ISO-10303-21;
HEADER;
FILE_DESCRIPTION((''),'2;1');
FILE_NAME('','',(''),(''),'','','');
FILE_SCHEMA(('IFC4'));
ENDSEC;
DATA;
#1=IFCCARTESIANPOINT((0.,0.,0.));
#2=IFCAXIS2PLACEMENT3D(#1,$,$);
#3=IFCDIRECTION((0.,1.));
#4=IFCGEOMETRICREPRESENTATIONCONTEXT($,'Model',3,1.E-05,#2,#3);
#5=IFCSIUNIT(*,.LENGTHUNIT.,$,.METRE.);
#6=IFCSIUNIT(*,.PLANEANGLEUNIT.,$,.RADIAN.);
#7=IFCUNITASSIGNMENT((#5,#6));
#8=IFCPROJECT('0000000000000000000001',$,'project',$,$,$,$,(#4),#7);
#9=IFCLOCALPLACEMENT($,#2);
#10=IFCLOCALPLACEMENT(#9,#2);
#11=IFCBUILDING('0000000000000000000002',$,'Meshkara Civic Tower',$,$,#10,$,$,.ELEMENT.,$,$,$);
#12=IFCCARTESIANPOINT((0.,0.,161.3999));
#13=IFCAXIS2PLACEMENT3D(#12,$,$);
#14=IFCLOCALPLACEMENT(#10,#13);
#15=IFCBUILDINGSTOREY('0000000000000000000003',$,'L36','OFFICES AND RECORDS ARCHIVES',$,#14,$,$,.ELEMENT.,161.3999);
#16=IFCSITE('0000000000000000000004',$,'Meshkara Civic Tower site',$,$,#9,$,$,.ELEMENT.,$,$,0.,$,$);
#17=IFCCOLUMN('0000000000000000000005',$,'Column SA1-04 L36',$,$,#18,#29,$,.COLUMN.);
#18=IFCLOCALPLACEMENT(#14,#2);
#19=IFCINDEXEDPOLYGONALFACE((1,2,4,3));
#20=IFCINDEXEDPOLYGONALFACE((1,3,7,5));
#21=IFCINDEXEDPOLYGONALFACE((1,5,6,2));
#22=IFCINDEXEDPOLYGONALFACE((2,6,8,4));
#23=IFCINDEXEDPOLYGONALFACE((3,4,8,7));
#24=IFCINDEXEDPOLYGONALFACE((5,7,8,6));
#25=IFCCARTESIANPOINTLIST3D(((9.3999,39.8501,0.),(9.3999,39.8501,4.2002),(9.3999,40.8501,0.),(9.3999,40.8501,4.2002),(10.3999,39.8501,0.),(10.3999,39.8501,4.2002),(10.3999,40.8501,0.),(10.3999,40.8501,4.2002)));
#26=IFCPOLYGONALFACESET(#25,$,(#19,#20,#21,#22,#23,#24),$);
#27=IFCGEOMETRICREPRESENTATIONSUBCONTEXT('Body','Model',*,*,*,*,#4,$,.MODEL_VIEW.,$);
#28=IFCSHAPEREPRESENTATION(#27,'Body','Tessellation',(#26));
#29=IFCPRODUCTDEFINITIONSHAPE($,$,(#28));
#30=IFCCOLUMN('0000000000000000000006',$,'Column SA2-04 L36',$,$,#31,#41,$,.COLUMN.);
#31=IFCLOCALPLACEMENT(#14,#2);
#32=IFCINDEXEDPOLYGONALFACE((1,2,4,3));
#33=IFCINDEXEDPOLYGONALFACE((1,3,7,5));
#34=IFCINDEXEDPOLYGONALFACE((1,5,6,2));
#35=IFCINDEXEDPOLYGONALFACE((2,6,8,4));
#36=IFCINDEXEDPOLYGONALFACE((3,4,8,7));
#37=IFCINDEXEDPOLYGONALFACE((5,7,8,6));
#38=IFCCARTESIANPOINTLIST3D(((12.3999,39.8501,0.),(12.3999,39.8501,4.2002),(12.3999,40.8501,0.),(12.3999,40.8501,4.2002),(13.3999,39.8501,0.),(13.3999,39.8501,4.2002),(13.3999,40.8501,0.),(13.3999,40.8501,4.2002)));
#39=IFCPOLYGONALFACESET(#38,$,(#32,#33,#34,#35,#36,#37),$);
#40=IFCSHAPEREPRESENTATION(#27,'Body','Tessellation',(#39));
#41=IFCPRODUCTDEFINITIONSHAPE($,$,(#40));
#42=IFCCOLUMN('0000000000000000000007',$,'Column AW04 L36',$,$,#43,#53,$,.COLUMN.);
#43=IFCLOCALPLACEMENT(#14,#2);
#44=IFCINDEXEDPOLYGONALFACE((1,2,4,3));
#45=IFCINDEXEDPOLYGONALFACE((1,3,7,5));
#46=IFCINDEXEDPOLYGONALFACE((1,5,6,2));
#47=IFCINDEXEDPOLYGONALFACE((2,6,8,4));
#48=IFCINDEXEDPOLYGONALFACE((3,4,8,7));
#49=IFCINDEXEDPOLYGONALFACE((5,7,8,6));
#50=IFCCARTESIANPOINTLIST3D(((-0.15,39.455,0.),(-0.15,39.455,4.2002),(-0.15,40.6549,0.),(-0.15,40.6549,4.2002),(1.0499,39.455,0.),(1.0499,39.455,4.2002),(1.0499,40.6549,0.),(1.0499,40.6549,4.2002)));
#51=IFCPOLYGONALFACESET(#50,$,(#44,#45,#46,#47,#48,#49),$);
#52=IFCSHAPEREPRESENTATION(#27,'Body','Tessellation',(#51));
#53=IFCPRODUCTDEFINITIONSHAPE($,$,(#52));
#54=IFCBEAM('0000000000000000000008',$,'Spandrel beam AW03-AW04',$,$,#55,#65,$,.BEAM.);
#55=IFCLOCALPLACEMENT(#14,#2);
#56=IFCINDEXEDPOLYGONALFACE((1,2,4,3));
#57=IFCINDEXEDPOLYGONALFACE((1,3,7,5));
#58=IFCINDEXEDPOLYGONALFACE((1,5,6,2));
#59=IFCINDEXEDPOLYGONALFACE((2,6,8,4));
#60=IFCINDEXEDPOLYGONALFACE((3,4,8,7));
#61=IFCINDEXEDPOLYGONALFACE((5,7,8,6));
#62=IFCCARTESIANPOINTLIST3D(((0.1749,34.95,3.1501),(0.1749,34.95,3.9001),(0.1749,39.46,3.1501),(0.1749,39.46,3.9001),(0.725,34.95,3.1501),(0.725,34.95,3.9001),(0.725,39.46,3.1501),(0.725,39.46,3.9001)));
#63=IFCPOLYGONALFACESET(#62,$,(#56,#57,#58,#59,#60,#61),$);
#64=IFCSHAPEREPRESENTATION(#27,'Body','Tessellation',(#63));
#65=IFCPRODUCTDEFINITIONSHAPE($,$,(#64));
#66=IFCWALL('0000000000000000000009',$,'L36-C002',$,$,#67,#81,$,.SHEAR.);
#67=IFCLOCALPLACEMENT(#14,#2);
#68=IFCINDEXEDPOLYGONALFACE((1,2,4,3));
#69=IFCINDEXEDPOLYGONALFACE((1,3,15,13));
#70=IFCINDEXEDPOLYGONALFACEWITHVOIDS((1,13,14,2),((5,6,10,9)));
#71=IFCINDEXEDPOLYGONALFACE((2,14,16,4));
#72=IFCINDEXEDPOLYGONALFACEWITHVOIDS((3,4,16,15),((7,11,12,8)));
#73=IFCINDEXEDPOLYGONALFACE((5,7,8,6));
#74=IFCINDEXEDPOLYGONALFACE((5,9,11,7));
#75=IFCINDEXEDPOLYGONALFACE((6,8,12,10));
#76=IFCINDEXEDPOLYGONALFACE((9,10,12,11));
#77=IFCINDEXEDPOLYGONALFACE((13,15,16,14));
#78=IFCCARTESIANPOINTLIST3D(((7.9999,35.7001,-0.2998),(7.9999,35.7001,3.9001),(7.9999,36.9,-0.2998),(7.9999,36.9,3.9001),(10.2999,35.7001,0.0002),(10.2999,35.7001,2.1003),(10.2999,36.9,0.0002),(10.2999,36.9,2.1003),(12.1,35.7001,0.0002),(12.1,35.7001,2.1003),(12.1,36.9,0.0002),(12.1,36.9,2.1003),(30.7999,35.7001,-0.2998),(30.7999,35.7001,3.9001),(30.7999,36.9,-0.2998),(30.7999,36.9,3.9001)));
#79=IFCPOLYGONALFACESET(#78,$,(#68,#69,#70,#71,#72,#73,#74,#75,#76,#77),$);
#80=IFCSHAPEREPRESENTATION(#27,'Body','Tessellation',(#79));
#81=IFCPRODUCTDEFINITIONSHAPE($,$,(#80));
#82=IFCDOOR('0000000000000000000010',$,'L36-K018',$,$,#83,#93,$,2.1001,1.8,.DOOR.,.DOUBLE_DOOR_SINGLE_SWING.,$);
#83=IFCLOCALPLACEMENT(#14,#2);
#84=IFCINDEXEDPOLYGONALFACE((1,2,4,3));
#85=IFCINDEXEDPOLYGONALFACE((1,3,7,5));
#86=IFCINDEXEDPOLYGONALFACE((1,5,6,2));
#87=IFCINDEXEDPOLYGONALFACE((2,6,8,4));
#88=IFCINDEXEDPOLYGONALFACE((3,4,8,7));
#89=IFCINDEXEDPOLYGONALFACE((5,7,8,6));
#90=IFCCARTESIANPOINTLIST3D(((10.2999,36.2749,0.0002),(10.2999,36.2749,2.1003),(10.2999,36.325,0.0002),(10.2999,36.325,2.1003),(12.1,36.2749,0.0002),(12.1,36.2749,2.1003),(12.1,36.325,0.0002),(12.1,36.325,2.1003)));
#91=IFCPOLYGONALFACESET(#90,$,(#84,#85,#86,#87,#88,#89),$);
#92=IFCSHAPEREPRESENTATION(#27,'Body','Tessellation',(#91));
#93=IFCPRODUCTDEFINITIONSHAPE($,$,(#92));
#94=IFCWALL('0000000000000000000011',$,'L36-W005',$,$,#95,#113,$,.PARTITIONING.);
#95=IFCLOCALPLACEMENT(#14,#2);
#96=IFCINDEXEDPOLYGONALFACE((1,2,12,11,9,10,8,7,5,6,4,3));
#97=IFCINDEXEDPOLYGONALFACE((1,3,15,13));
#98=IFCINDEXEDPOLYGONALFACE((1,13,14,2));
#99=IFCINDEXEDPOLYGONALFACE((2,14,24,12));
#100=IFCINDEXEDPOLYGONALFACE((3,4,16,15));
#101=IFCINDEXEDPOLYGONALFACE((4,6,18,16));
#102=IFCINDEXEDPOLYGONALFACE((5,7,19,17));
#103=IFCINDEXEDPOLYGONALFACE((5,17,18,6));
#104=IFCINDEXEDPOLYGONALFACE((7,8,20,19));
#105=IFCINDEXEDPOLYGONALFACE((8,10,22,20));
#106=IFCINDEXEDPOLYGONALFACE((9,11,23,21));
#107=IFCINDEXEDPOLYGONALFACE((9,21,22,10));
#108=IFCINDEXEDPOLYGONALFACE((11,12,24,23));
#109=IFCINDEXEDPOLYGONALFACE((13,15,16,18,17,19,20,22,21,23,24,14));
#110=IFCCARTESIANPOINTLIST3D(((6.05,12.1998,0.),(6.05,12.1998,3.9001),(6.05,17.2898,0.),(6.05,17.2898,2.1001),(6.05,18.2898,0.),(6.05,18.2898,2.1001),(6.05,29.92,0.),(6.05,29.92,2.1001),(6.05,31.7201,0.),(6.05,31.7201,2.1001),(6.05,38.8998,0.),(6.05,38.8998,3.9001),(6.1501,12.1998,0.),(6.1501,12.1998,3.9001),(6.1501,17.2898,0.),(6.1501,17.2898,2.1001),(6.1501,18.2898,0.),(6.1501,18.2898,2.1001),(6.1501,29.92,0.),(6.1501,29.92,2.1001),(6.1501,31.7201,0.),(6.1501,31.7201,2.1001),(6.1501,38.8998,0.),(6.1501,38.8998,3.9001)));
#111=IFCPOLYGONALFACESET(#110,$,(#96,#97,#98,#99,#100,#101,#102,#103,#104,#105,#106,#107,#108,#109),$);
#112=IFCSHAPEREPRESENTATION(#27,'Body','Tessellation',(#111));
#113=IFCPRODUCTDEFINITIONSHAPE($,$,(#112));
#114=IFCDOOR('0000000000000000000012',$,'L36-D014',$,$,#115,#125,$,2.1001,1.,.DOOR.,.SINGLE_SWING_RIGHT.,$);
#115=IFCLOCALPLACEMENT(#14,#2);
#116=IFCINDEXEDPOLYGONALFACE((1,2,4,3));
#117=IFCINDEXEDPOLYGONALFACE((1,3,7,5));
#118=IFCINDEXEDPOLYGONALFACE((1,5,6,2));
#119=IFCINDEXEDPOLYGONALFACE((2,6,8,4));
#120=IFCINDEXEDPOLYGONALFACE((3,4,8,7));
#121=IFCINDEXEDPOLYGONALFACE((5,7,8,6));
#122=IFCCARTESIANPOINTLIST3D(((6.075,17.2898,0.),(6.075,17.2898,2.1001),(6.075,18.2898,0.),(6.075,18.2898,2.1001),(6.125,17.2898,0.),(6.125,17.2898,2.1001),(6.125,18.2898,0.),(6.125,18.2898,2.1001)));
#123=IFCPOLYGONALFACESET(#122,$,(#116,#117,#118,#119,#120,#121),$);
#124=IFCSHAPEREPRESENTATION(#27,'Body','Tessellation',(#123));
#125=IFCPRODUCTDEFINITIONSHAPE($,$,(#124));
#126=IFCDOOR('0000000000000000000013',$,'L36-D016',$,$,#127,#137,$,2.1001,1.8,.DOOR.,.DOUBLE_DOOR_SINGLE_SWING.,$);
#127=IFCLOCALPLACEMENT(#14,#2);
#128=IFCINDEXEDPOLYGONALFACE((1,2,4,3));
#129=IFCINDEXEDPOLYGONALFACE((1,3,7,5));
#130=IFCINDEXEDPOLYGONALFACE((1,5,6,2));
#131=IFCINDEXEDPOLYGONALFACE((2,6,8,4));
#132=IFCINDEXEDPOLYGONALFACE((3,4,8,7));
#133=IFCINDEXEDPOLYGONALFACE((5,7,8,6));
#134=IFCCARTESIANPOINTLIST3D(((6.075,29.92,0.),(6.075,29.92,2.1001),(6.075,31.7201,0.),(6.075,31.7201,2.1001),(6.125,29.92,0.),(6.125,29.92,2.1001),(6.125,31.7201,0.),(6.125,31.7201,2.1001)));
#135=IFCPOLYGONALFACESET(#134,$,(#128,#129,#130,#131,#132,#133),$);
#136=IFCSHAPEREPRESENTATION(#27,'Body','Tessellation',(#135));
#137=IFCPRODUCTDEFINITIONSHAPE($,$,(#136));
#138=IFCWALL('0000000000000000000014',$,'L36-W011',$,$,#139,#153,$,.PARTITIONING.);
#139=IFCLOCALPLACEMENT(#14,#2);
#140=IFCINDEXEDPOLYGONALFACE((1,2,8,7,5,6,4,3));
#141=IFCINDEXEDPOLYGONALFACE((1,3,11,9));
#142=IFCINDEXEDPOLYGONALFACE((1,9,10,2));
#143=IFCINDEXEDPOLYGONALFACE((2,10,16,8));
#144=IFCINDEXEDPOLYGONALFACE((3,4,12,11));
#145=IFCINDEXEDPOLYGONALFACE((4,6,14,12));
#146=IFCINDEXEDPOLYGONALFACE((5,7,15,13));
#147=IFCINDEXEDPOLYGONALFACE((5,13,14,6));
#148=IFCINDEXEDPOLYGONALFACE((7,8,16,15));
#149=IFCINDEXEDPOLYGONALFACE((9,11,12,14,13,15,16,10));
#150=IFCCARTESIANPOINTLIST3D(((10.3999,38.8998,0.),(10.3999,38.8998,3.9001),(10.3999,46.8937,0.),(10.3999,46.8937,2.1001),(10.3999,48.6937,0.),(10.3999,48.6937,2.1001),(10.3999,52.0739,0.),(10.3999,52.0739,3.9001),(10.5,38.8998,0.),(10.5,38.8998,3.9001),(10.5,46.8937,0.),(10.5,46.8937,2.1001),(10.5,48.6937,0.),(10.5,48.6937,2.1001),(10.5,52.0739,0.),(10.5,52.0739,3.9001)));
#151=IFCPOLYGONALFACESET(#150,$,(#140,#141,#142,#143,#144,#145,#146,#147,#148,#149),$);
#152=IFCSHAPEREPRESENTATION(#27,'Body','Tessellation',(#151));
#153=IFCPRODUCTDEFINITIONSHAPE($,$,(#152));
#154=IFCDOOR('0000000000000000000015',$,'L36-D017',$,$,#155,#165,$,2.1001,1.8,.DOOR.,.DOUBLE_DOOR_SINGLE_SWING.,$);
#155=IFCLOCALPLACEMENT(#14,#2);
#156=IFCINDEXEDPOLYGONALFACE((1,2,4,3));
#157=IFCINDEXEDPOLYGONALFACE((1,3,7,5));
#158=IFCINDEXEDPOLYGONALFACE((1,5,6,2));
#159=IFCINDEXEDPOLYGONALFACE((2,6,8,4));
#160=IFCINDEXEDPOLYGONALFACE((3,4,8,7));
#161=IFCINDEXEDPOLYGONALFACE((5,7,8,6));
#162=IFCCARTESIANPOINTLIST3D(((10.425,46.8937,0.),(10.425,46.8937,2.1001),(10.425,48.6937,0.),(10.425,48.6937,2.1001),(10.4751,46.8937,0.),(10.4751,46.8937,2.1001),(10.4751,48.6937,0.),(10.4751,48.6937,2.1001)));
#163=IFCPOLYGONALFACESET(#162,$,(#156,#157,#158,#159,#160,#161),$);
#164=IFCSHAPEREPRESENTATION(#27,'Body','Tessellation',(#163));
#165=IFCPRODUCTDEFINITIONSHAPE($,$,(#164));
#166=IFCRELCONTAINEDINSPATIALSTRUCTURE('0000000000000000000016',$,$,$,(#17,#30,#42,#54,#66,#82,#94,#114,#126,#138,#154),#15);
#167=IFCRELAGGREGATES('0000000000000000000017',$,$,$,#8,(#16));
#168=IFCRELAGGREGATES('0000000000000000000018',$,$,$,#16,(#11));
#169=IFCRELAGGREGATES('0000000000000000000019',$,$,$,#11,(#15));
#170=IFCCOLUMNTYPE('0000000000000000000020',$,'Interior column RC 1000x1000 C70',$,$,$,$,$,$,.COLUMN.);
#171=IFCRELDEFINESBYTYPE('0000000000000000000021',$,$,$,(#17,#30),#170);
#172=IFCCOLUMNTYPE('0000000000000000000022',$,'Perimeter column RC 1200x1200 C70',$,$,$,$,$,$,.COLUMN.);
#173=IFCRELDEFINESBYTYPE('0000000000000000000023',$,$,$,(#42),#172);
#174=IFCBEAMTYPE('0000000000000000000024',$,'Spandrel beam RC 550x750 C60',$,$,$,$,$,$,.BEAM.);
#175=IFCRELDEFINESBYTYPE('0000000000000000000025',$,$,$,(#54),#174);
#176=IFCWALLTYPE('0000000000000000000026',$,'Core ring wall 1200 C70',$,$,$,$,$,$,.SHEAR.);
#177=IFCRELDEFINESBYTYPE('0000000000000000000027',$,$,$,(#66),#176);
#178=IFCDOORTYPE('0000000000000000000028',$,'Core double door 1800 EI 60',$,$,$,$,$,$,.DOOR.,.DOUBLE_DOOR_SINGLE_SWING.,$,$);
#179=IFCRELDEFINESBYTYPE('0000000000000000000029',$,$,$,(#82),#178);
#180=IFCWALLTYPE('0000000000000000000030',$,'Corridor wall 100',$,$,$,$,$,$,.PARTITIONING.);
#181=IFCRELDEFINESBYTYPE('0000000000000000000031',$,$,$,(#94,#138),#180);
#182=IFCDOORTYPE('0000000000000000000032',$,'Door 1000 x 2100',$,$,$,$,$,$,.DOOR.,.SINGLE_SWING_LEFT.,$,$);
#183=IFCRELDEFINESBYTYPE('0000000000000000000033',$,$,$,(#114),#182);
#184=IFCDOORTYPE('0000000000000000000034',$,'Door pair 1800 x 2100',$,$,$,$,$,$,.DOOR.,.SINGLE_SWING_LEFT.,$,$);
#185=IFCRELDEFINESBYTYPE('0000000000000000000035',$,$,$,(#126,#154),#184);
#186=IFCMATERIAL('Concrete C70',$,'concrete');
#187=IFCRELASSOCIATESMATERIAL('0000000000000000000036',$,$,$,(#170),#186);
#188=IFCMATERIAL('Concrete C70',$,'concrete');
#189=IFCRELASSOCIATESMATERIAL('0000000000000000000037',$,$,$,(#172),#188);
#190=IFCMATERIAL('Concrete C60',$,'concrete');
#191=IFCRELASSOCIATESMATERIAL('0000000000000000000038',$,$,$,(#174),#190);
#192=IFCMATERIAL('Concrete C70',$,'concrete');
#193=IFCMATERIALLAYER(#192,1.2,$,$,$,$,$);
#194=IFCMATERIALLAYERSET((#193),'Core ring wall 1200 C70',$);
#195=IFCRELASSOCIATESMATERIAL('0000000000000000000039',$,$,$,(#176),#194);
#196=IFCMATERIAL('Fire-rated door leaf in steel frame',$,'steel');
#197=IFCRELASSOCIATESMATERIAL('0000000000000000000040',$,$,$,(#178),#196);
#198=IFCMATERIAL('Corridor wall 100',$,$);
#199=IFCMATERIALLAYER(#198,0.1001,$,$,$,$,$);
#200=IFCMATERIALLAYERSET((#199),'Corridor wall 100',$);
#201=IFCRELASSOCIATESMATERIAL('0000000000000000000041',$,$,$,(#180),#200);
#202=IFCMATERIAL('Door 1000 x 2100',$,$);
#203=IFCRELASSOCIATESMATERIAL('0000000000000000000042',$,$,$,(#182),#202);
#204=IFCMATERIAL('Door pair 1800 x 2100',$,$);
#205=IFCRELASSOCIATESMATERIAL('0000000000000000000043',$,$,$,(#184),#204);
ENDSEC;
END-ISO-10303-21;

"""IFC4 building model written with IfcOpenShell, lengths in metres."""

from ifc_helpers import new_model, si_unit, direction, frame, frame_2d, origin, origin_2d, place, context, subcontext, project, spatial, rectangle, extrude, material, layer, layer_set, material_profile, profile_set, type_object, element, fill, save


model = new_model("IFC4")

# Units and contexts
model_context = context("Model", 3, precision=1e-05, world=origin(), true_north=direction((0.0, 1.0)))
body_context = subcontext(model_context, "Body", "Model", "MODEL_VIEW")
ifc_project = project(units=[si_unit("LENGTHUNIT", "METRE"), si_unit("PLANEANGLEUNIT", "RADIAN")], contexts=[model_context])

# Site, building, storey
site_placement = place(None, origin())
site = spatial("IfcSite", under=ifc_project, at=site_placement, Name="Meshkara Civic Tower site", CompositionType="ELEMENT", RefElevation=0.0)
building_placement = place(site_placement, origin())
building = spatial("IfcBuilding", under=site, at=building_placement, Name="Meshkara Civic Tower", CompositionType="ELEMENT")
storey_placement = place(building_placement, frame((0.0, 0.0, 161.3999)))
storey = spatial("IfcBuildingStorey", under=building, at=storey_placement, Name="L36", Description="OFFICES AND RECORDS ARCHIVES", CompositionType="ELEMENT", Elevation=161.3999)

# Columns
ifc_material_1 = material(Name="Concrete C70", Category="concrete")
ifc_material_profile_1 = material_profile(ifc_material_1, rectangle(XDim=1.0, YDim=1.0, at=origin_2d()))
ifc_profile_set_1 = profile_set([ifc_material_profile_1], Name="Concrete C70")
column_type_1 = type_object("IfcColumnType", Name="Interior column RC 1000x1000 C70", PredefinedType="COLUMN", material=ifc_profile_set_1)
for number, where, z_axis, x_axis, name in (
    (1, (9.8999, 40.3501, 0.0), (0.0, 0.0, 1.0), (1.0, 0.0, 0.0), "Column SA1-04 L36"),
    (2, (12.8999, 40.3501, 0.0), (0.0, 0.0, 1.0), (1.0, 0.0, 0.0), "Column SA2-04 L36"),
):
    element("IfcColumn", number, at=place(storey_placement, frame(where, z_axis=z_axis, x_axis=x_axis)), inside=storey, type_object=column_type_1, Name=name, PredefinedType="COLUMN", context=body_context, shape_type="SweptSolid", body=[
        extrude(rectangle(XDim=1.0, YDim=1.0, at=origin_2d()), origin(), (0.0, 0.0, 1.0), 4.2002),
    ])
ifc_material_2 = material(Name="Concrete C70", Category="concrete")
ifc_material_profile_2 = material_profile(ifc_material_2, rectangle(XDim=1.2, YDim=1.2, at=origin_2d()))
ifc_profile_set_2 = profile_set([ifc_material_profile_2], Name="Concrete C70")
column_type_2 = type_object("IfcColumnType", Name="Perimeter column RC 1200x1200 C70", PredefinedType="COLUMN", material=ifc_profile_set_2)
column_placement = place(storey_placement, frame((0.45, 40.0549, 0.0), z_axis=(0.0, 0.0, 1.0), x_axis=(1.0, 0.0, 0.0)))
element("IfcColumn", 3, at=column_placement, inside=storey, type_object=column_type_2, Name="Column AW04 L36", PredefinedType="COLUMN", context=body_context, shape_type="SweptSolid", body=[
    extrude(rectangle(XDim=1.2, YDim=1.2, at=origin_2d()), origin(), (0.0, 0.0, 1.0), 4.2002),
])

# Beam
ifc_material_3 = material(Name="Concrete C60", Category="concrete")
ifc_material_profile_3 = material_profile(ifc_material_3, rectangle(XDim=0.55, YDim=0.75, at=origin_2d()))
ifc_profile_set_3 = profile_set([ifc_material_profile_3], Name="Concrete C60")
beam_type = type_object("IfcBeamType", Name="Spandrel beam RC 550x750 C60", PredefinedType="BEAM", material=ifc_profile_set_3)
beam_placement = place(storey_placement, frame((0.45, 39.46, 3.5251), z_axis=(0.0, -1.0, 0.0), x_axis=(1.0, 0.0, 0.0)))
element("IfcBeam", 4, at=beam_placement, inside=storey, type_object=beam_type, Name="Spandrel beam AW03-AW04", PredefinedType="BEAM", context=body_context, shape_type="SweptSolid", body=[
    extrude(rectangle(XDim=0.55, YDim=0.75, at=origin_2d()), origin(), (0.0, 0.0, 1.0), 4.51),
])

# Wall, opening, door
ifc_material_4 = material(Name="Concrete C70", Category="concrete")
ifc_layer_1 = layer(ifc_material_4, 1.2)
ifc_layer_set_1 = layer_set([ifc_layer_1], Name="Core ring wall 1200 C70")
wall_type_1 = type_object("IfcWallType", Name="Core ring wall 1200 C70", PredefinedType="SHEAR", material=ifc_layer_set_1)
wall_1_placement = place(storey_placement, frame((8.0, 36.3, -0.2998), z_axis=(0.0, 0.0, 1.0), x_axis=(1.0, 0.0, 0.0)))
wall_1 = element("IfcWall", 5, at=wall_1_placement, inside=storey, type_object=wall_type_1, Name="L36-C002", PredefinedType="SHEAR", context=body_context, shape_type="SweptSolid", body=[
    extrude(rectangle(XDim=22.8, YDim=1.2, at=frame_2d((11.3999, 0.0))), origin(), (0.0, 0.0, 1.0), 4.2),
])
opening_1_placement = place(wall_1_placement, frame((2.3, 0.0, 0.3)))
opening_1 = element("IfcOpeningElement", 6, at=opening_1_placement, cuts=wall_1, PredefinedType="OPENING", context=body_context, shape_type="SweptSolid", body=[
    extrude(rectangle(XDim=1.8, YDim=2.1001, at=frame_2d((0.8999, 1.05))), frame((0.0, 0.6099, 0.0), z_axis=(0.0, -1.0, 0.0), x_axis=(1.0, 0.0, 0.0)), (0.0, 0.0, 1.0), 1.22),
])
ifc_material_5 = material(Name="Fire-rated door leaf in steel frame", Category="steel")
door_type_1 = type_object("IfcDoorType", Name="Core double door 1800 EI 60", OperationType="DOUBLE_DOOR_SINGLE_SWING", PredefinedType="DOOR", material=ifc_material_5)
door_1_placement = place(opening_1_placement, origin())
door_1 = element("IfcDoor", 7, at=door_1_placement, inside=storey, type_object=door_type_1, Name="L36-K018", OperationType="DOUBLE_DOOR_SINGLE_SWING", OverallHeight=2.1001, OverallWidth=1.8, PredefinedType="DOOR", context=body_context, shape_type="SweptSolid", body=[
    extrude(rectangle(XDim=1.8, YDim=2.1001, at=frame_2d((0.8999, 1.05))), frame((0.0, 0.0249, 0.0), z_axis=(0.0, -1.0, 0.0), x_axis=(1.0, 0.0, 0.0)), (0.0, 0.0, 1.0), 0.05),
])
fill(opening_1, door_1)

# Wall, openings, doors
ifc_material_6 = material(Name="Corridor wall 100")
ifc_layer_2 = layer(ifc_material_6, 0.1001)
ifc_layer_set_2 = layer_set([ifc_layer_2], Name="Corridor wall 100")
wall_type_2 = type_object("IfcWallType", Name="Corridor wall 100", PredefinedType="PARTITIONING", material=ifc_layer_set_2)
wall_2_placement = place(storey_placement, frame((6.1001, 38.8999, 0.0), z_axis=(0.0, 0.0, 1.0), x_axis=(0.0, -1.0, 0.0)))
wall_2 = element("IfcWall", 8, at=wall_2_placement, inside=storey, type_object=wall_type_2, Name="L36-W005", PredefinedType="PARTITIONING", context=body_context, shape_type="SweptSolid", body=[
    extrude(rectangle(XDim=26.7, YDim=0.1001, at=frame_2d((13.3501, 0.0))), origin(), (0.0, 0.0, 1.0), 3.9001),
])
opening_2_placement = place(wall_2_placement, frame((20.6101, 0.0, 0.0)))
opening_2 = element("IfcOpeningElement", 9, at=opening_2_placement, cuts=wall_2, PredefinedType="OPENING", context=body_context, shape_type="SweptSolid", body=[
    extrude(rectangle(XDim=1.0, YDim=2.1001, at=frame_2d((0.5, 1.05))), frame((0.0, 0.0601, 0.0), z_axis=(0.0, -1.0, 0.0), x_axis=(1.0, 0.0, 0.0)), (0.0, 0.0, 1.0), 0.1201),
])
opening_3_placement = place(wall_2_placement, frame((7.1799, 0.0, 0.0)))
opening_3 = element("IfcOpeningElement", 10, at=opening_3_placement, cuts=wall_2, PredefinedType="OPENING", context=body_context, shape_type="SweptSolid", body=[
    extrude(rectangle(XDim=1.8, YDim=2.1001, at=frame_2d((0.8999, 1.05))), frame((0.0, 0.0601, 0.0), z_axis=(0.0, -1.0, 0.0), x_axis=(1.0, 0.0, 0.0)), (0.0, 0.0, 1.0), 0.1201),
])
ifc_material_7 = material(Name="Door 1000 x 2100")
door_type_2 = type_object("IfcDoorType", Name="Door 1000 x 2100", OperationType="SINGLE_SWING_LEFT", PredefinedType="DOOR", material=ifc_material_7)
door_2_placement = place(opening_2_placement, origin())
door_2 = element("IfcDoor", 11, at=door_2_placement, inside=storey, type_object=door_type_2, Name="L36-D014", OperationType="SINGLE_SWING_RIGHT", OverallHeight=2.1001, OverallWidth=1.0, PredefinedType="DOOR", context=body_context, shape_type="SweptSolid", body=[
    extrude(rectangle(XDim=1.0, YDim=2.1001, at=frame_2d((0.5, 1.05))), frame((0.0, 0.0249, 0.0), z_axis=(0.0, -1.0, 0.0), x_axis=(1.0, 0.0, 0.0)), (0.0, 0.0, 1.0), 0.05),
])
fill(opening_2, door_2)
ifc_material_8 = material(Name="Door pair 1800 x 2100")
door_type_3 = type_object("IfcDoorType", Name="Door pair 1800 x 2100", OperationType="SINGLE_SWING_LEFT", PredefinedType="DOOR", material=ifc_material_8)
door_3_placement = place(opening_3_placement, origin())
door_3 = element("IfcDoor", 12, at=door_3_placement, inside=storey, type_object=door_type_3, Name="L36-D016", OperationType="DOUBLE_DOOR_SINGLE_SWING", OverallHeight=2.1001, OverallWidth=1.8, PredefinedType="DOOR", context=body_context, shape_type="SweptSolid", body=[
    extrude(rectangle(XDim=1.8, YDim=2.1001, at=frame_2d((0.8999, 1.05))), frame((0.0, 0.0249, 0.0), z_axis=(0.0, -1.0, 0.0), x_axis=(1.0, 0.0, 0.0)), (0.0, 0.0, 1.0), 0.05),
])
fill(opening_3, door_3)

# Wall, opening, door
wall_3_placement = place(storey_placement, frame((10.45, 38.8999, 0.0), z_axis=(0.0, 0.0, 1.0), x_axis=(0.0, 1.0, 0.0)))
wall_3 = element("IfcWall", 13, at=wall_3_placement, inside=storey, type_object=wall_type_2, Name="L36-W011", PredefinedType="PARTITIONING", context=body_context, shape_type="SweptSolid", body=[
    extrude(rectangle(XDim=13.1741, YDim=0.1001, at=frame_2d((6.5869, 0.0))), origin(), (0.0, 0.0, 1.0), 3.9001),
])
opening_4_placement = place(wall_3_placement, frame((7.9939, 0.0, 0.0)))
opening_4 = element("IfcOpeningElement", 14, at=opening_4_placement, cuts=wall_3, PredefinedType="OPENING", context=body_context, shape_type="SweptSolid", body=[
    extrude(rectangle(XDim=1.8, YDim=2.1001, at=frame_2d((0.8999, 1.05))), frame((0.0, 0.0601, 0.0), z_axis=(0.0, -1.0, 0.0), x_axis=(1.0, 0.0, 0.0)), (0.0, 0.0, 1.0), 0.1201),
])
door_4_placement = place(opening_4_placement, origin())
door_4 = element("IfcDoor", 15, at=door_4_placement, inside=storey, type_object=door_type_3, Name="L36-D017", OperationType="DOUBLE_DOOR_SINGLE_SWING", OverallHeight=2.1001, OverallWidth=1.8, PredefinedType="DOOR", context=body_context, shape_type="SweptSolid", body=[
    extrude(rectangle(XDim=1.8, YDim=2.1001, at=frame_2d((0.8999, 1.05))), frame((0.0, 0.0249, 0.0), z_axis=(0.0, -1.0, 0.0), x_axis=(1.0, 0.0, 0.0)), (0.0, 0.0, 1.0), 0.05),
])
fill(opening_4, door_4)

save(model, "model.ifc")
